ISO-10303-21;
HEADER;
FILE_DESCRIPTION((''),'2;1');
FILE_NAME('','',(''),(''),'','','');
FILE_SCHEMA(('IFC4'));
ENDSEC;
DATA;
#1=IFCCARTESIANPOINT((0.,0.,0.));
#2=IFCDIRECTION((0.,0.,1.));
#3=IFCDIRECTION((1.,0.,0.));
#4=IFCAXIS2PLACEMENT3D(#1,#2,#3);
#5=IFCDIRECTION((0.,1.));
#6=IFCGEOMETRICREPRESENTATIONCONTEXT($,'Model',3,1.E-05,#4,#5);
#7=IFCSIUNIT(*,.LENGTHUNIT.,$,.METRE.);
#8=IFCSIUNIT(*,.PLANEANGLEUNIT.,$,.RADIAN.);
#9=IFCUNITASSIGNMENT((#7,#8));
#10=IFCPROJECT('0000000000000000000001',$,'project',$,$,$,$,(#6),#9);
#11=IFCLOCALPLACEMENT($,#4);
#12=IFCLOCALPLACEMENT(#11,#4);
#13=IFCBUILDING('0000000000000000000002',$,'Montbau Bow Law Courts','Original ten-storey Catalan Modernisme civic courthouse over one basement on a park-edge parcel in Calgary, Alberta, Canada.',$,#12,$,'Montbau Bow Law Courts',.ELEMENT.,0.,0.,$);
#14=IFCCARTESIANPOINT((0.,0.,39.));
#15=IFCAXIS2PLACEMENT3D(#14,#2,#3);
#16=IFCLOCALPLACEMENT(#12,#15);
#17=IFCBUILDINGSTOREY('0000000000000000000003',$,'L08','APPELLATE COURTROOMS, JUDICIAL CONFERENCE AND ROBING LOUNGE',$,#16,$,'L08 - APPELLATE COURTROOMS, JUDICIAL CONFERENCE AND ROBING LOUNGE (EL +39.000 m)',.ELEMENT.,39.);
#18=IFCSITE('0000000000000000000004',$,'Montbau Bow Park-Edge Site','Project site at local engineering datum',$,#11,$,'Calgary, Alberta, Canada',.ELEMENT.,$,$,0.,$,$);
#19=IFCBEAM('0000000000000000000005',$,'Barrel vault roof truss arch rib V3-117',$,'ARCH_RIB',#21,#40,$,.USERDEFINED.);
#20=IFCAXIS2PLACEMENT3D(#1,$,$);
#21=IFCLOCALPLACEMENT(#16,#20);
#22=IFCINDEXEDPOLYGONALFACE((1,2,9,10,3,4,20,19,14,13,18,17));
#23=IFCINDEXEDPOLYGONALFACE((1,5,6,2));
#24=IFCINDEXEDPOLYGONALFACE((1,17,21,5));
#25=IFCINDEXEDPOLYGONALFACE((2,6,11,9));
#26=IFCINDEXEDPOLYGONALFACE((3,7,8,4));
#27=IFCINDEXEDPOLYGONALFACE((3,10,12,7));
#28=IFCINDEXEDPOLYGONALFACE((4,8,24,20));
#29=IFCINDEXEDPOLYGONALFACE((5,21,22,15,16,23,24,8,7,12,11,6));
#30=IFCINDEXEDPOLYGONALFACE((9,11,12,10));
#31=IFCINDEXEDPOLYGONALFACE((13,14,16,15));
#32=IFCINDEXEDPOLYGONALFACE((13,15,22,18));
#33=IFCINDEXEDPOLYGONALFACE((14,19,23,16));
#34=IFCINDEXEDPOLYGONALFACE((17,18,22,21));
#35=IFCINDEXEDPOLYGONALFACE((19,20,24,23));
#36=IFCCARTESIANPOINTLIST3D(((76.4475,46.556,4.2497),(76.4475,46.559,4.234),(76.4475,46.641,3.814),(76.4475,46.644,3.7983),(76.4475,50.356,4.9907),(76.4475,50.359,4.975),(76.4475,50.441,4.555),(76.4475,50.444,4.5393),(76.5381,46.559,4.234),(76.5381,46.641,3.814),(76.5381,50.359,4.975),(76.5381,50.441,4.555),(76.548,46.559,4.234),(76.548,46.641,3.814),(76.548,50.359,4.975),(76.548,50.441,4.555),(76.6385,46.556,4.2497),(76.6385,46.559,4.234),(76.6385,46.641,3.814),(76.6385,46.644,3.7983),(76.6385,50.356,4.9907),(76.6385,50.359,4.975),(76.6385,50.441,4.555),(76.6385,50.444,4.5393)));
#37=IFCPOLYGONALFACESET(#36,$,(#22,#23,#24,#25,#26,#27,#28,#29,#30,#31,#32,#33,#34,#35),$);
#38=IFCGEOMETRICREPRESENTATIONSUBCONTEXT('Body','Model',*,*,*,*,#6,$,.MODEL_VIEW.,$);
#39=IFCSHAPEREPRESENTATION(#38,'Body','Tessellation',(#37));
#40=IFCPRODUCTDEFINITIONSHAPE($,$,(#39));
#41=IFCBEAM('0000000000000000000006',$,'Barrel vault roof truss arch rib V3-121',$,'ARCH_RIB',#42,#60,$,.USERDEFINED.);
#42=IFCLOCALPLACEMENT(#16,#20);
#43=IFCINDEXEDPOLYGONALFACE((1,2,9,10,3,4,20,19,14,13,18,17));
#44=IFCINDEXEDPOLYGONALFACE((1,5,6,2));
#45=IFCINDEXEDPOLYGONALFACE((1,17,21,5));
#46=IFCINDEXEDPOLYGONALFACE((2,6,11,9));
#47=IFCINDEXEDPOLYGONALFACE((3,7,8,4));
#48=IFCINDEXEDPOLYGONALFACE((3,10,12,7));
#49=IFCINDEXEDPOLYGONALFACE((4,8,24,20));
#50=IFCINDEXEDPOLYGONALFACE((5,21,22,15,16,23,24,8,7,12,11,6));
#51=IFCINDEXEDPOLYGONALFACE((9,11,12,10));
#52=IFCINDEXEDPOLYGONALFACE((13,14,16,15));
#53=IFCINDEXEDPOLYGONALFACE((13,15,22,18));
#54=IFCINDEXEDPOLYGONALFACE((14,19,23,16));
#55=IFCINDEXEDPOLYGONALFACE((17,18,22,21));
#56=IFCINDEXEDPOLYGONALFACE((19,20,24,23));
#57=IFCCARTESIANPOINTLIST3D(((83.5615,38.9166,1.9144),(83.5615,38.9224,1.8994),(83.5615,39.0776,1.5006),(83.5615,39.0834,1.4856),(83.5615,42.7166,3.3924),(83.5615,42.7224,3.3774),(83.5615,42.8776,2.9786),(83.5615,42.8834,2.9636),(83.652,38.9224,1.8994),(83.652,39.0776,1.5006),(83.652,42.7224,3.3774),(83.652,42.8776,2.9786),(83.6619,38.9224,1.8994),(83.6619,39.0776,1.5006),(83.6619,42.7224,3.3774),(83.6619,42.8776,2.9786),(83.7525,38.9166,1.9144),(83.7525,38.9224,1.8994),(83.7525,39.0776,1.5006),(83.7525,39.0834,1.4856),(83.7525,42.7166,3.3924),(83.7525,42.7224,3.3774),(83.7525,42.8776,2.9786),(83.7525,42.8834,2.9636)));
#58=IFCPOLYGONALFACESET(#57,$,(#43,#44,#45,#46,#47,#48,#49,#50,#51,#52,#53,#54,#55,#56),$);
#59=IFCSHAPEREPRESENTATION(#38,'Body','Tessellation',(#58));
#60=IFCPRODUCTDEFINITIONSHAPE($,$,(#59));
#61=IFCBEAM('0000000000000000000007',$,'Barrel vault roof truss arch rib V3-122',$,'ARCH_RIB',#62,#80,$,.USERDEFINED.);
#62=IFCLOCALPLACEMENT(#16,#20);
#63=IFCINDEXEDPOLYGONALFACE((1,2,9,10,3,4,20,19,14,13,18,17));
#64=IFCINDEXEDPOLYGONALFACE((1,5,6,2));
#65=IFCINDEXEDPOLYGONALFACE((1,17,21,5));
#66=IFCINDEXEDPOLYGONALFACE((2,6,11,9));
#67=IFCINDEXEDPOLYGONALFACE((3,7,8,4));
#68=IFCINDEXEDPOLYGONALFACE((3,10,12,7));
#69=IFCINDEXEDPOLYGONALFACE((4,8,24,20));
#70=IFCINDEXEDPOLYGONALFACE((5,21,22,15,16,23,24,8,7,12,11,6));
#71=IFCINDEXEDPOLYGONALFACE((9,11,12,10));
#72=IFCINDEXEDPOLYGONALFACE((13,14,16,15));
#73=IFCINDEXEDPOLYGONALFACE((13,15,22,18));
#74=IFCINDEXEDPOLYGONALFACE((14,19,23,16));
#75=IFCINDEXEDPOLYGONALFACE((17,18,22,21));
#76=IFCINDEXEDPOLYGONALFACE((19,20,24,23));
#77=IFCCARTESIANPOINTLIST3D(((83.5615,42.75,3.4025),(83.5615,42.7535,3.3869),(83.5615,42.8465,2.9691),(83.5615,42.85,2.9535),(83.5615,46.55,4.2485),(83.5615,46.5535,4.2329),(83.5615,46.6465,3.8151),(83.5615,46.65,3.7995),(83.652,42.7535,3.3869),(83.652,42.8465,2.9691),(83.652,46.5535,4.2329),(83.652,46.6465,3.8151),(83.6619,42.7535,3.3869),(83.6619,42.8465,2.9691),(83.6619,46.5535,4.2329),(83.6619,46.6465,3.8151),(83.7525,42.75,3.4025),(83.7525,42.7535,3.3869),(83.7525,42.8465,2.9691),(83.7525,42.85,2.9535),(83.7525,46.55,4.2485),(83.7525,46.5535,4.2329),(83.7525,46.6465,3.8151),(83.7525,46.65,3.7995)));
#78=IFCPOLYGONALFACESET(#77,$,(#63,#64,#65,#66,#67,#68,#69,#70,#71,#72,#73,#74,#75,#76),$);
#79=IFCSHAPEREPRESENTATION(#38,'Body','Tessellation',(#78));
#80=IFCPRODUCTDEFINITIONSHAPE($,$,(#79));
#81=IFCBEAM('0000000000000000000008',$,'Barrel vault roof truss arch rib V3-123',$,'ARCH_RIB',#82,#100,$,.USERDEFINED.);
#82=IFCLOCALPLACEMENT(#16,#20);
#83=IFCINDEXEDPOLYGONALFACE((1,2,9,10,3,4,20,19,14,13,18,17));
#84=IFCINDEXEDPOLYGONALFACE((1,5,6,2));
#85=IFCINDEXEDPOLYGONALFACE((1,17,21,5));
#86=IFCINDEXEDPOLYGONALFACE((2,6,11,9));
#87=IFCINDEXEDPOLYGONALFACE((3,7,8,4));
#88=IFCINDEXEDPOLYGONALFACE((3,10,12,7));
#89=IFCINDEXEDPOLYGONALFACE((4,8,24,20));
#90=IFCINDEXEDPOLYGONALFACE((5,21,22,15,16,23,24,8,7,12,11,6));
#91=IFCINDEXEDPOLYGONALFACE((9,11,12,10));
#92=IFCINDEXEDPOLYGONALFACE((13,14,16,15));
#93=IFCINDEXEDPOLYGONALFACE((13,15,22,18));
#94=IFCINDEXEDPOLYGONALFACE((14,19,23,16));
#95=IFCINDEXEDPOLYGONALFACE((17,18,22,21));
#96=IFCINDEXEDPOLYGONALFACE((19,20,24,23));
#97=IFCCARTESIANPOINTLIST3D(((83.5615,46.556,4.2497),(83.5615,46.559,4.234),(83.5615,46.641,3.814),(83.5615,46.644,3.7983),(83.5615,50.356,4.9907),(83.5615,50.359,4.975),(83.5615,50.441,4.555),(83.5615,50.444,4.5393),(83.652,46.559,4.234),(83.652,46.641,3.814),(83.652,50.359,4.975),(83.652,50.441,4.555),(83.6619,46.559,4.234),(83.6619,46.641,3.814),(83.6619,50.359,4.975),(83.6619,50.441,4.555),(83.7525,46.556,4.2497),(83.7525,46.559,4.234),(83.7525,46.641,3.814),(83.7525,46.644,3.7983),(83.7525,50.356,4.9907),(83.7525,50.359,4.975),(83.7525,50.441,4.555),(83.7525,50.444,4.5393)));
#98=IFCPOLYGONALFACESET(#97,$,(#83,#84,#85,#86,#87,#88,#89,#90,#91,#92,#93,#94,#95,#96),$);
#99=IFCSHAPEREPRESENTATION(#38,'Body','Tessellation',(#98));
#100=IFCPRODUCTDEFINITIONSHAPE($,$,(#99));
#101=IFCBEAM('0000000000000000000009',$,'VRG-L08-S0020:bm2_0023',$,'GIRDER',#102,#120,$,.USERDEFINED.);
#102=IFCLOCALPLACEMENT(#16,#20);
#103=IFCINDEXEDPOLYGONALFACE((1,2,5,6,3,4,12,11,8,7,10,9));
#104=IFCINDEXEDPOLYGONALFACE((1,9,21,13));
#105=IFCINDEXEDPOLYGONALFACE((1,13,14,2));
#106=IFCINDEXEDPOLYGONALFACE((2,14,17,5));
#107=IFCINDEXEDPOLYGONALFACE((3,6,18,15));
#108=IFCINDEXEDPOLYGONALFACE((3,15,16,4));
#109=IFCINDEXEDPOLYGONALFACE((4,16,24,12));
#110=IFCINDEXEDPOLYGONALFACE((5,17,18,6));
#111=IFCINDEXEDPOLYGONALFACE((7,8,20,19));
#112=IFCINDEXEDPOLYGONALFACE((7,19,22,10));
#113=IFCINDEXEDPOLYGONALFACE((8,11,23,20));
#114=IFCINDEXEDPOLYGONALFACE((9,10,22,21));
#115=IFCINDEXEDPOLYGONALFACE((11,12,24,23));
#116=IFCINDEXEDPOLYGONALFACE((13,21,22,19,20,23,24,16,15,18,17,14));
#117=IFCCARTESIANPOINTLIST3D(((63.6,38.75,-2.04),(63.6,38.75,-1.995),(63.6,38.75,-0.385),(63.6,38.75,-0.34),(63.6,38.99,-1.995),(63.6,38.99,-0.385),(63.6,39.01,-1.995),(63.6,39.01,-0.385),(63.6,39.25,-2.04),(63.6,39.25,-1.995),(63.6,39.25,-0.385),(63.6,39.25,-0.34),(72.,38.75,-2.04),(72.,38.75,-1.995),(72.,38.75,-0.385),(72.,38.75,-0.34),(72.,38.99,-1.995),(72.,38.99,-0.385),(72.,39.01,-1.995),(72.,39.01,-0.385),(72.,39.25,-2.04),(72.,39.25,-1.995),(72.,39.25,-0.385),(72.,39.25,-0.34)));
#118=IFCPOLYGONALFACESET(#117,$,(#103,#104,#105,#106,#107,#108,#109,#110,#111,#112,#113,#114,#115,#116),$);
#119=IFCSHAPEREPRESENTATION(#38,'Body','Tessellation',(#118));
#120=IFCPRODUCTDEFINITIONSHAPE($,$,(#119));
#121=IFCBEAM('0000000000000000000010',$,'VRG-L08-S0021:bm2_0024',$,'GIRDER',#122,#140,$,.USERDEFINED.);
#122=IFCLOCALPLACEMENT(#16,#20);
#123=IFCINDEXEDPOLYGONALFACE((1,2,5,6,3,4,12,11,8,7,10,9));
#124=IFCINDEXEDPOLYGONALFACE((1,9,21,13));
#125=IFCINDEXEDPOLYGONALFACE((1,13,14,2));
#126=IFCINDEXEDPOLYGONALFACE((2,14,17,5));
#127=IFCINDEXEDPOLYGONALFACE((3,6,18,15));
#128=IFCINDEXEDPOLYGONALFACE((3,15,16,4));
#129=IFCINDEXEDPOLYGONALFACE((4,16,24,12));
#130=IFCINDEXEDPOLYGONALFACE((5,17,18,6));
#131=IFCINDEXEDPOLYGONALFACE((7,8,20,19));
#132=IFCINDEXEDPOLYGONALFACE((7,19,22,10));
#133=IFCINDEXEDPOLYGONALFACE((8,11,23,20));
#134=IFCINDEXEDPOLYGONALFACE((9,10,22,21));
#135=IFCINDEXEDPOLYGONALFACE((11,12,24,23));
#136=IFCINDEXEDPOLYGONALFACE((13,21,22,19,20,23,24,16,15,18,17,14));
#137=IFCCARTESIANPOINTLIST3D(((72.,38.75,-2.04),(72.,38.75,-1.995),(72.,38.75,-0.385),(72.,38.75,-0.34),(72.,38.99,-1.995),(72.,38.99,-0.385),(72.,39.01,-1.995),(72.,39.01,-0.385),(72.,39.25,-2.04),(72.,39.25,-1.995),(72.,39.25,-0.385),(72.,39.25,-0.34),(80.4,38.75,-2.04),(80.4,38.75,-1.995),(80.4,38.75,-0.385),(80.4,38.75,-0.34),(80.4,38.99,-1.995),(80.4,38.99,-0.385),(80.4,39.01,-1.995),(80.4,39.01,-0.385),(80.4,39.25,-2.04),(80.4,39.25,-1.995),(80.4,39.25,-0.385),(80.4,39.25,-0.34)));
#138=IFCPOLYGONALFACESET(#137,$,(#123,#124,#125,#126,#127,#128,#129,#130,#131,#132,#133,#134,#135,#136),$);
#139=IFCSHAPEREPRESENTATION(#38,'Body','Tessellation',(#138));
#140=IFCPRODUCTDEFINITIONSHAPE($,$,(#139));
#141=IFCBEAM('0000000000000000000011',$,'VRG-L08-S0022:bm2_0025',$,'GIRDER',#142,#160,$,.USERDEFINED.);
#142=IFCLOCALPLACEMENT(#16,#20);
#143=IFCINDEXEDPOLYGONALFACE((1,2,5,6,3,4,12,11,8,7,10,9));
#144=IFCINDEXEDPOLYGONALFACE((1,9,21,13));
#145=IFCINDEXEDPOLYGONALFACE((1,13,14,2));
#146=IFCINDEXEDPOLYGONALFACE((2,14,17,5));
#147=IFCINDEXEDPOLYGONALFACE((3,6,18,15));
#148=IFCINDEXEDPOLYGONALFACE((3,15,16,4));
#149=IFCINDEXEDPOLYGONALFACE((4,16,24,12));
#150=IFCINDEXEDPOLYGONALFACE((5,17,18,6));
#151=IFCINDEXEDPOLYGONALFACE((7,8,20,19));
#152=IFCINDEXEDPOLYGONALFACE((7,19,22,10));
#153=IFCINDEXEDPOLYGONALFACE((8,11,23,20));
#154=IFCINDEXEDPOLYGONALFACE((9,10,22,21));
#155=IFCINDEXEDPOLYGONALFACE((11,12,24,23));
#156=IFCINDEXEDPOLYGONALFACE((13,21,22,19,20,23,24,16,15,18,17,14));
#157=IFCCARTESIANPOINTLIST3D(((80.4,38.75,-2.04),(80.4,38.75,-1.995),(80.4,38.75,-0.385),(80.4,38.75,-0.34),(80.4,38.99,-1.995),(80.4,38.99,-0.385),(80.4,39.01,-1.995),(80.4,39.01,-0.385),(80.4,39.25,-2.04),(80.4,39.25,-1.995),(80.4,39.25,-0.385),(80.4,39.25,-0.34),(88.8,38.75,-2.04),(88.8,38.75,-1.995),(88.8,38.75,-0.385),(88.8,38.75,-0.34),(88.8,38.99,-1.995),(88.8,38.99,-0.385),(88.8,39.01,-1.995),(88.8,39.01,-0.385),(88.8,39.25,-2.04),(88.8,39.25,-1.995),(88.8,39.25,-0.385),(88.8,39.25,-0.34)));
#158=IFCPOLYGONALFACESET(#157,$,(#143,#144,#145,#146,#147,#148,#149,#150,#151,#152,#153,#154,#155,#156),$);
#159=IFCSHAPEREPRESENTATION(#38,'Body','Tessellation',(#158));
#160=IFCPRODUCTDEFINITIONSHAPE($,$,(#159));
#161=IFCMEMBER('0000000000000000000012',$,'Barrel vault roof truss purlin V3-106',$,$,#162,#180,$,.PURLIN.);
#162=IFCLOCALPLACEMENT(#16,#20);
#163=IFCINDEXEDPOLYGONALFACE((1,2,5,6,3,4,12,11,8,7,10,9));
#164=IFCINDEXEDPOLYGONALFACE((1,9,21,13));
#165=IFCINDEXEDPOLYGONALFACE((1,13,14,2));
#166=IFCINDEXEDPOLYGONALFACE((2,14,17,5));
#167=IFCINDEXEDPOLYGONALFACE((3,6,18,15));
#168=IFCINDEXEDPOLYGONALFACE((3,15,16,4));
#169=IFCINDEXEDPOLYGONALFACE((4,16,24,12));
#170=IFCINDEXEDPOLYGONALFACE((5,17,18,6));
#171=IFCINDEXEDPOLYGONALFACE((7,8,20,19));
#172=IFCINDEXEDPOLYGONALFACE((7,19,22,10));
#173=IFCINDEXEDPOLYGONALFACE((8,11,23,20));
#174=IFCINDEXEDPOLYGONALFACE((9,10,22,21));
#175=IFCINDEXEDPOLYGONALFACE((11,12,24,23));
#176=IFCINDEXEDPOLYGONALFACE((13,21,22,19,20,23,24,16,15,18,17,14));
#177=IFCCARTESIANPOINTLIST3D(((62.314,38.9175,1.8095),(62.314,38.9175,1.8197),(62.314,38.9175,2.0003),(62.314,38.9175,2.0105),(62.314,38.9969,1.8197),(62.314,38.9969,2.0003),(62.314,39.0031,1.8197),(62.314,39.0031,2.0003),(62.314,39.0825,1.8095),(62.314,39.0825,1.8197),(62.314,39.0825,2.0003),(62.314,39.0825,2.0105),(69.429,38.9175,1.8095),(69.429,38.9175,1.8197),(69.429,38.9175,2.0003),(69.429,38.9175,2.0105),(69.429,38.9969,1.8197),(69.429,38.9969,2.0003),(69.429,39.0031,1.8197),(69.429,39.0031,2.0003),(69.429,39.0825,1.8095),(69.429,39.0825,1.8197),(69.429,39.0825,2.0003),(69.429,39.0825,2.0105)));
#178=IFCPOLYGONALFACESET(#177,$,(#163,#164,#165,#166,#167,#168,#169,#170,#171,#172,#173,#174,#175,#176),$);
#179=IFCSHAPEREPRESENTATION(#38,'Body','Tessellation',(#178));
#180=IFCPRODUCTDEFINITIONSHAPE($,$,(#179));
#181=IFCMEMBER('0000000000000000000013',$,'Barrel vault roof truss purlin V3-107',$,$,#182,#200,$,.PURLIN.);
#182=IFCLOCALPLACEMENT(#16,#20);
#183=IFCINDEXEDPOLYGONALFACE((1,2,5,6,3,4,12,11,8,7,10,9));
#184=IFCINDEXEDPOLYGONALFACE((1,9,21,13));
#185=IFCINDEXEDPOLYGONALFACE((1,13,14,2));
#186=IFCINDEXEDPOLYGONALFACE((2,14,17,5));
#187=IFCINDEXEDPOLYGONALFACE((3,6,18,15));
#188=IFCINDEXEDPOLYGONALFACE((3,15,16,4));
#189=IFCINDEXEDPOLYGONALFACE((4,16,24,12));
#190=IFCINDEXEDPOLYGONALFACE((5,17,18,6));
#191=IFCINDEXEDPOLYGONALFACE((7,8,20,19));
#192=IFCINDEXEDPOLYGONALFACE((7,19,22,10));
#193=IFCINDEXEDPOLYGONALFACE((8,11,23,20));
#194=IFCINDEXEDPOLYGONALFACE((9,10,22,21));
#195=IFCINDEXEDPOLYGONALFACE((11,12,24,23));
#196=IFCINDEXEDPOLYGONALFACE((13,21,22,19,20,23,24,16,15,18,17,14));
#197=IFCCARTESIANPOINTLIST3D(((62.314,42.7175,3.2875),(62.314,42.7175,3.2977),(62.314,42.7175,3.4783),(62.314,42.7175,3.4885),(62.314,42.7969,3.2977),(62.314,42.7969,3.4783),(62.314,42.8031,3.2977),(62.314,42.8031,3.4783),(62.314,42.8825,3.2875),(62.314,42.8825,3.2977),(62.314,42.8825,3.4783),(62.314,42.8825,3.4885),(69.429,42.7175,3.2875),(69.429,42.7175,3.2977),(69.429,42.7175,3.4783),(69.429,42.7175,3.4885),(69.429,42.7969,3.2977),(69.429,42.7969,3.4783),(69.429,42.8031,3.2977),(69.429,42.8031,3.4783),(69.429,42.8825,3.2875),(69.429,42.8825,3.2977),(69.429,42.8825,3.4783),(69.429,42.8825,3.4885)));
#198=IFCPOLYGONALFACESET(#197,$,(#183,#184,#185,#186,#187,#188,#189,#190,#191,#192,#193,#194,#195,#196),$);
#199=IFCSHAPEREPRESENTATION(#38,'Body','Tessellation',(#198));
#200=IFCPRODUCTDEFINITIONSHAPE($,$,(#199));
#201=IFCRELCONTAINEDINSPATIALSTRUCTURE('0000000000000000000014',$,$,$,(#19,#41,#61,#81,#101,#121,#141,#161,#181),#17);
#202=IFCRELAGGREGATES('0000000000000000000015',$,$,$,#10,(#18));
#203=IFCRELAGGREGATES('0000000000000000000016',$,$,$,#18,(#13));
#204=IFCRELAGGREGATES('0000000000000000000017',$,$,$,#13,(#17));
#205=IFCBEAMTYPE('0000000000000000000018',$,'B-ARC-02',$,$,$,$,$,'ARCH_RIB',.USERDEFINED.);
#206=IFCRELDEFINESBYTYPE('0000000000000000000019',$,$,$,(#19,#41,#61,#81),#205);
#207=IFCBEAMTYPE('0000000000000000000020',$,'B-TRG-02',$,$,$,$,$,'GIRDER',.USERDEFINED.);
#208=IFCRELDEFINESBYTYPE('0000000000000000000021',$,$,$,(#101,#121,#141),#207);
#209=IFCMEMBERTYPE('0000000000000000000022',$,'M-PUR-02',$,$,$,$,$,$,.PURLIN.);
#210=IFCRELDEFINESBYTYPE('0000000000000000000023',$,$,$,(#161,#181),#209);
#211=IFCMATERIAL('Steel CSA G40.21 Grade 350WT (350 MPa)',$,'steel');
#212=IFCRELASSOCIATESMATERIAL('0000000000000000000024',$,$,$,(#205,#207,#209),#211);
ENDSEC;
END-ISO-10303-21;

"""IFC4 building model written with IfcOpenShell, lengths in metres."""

from ifc_helpers import new_model, si_unit, direction, frame, origin_with_axes, origin_2d_with_axis, place, context, subcontext, project, spatial, i_section, extrude, material, material_profile, profile_set, type_object, element, save


model = new_model("IFC4")

# Units and contexts
model_context = context("Model", 3, precision=1e-05, world=origin_with_axes(), true_north=direction((0.0, 1.0)))
body_context = subcontext(model_context, "Body", "Model", "MODEL_VIEW")
ifc_project = project(units=[si_unit("LENGTHUNIT", "METRE"), si_unit("PLANEANGLEUNIT", "RADIAN")], contexts=[model_context])

# Site, building, storey
site_placement = place(None, origin_with_axes())
site = spatial("IfcSite", under=ifc_project, at=site_placement, Name="Montbau Bow Park-Edge Site", Description="Project site at local engineering datum", LongName="Calgary, Alberta, Canada", CompositionType="ELEMENT", RefElevation=0.0)
building_placement = place(site_placement, origin_with_axes())
building = spatial("IfcBuilding", under=site, at=building_placement, Name="Montbau Bow Law Courts", Description="Original ten-storey Catalan Modernisme civic courthouse over one basement on a park-edge parcel in Calgary, Alberta, Canada.", LongName="Montbau Bow Law Courts", CompositionType="ELEMENT", ElevationOfRefHeight=0.0, ElevationOfTerrain=0.0)
storey_placement = place(building_placement, frame((0.0, 0.0, 39.0), z_axis=(0.0, 0.0, 1.0), x_axis=(1.0, 0.0, 0.0)))
storey = spatial("IfcBuildingStorey", under=building, at=storey_placement, Name="L08", Description="APPELLATE COURTROOMS, JUDICIAL CONFERENCE AND ROBING LOUNGE", LongName="L08 - APPELLATE COURTROOMS, JUDICIAL CONFERENCE AND ROBING LOUNGE (EL +39.000 m)", CompositionType="ELEMENT", Elevation=39.0)

# Beams
ifc_material_1 = material(Name="Steel CSA G40.21 Grade 350WT (350 MPa)", Category="steel")
ifc_material_profile_1 = material_profile(ifc_material_1, i_section(OverallWidth=0.191, OverallDepth=0.46, WebThickness=0.0099, FlangeThickness=0.016, at=origin_2d_with_axis()), Name="W460X82", Category="Main", Priority=0)
ifc_profile_set_1 = profile_set([ifc_material_profile_1], Name="Steel CSA G40.21 Grade 350WT (350 MPa)")
beam_type_1 = type_object("IfcBeamType", Name="B-ARC-02", ElementType="ARCH_RIB", PredefinedType="USERDEFINED", material=ifc_profile_set_1)
beam_1_placement = place(None, frame((76.543, 46.6, 43.024), z_axis=(0.0, 0.981513, 0.191395), x_axis=(-1.0, 0.0, 0.0)))
element("IfcBeam", 1, at=beam_1_placement, inside=storey, type_object=beam_type_1, Name="Barrel vault roof truss arch rib V3-117", ObjectType="ARCH_RIB", PredefinedType="USERDEFINED", context=body_context, shape_type="SweptSolid", body=[
    extrude(i_section(OverallWidth=0.191, OverallDepth=0.46, WebThickness=0.0099, FlangeThickness=0.016, at=origin_2d_with_axis()), origin_with_axes(), (0.0, 0.0, 1.0), 3.8716),
])
beam_2_placement = place(None, frame((83.657, 39.0, 40.7), z_axis=(0.0, 0.931986, 0.362494), x_axis=(-1.0, 0.0, 0.0)))
element("IfcBeam", 2, at=beam_2_placement, inside=storey, type_object=beam_type_1, Name="Barrel vault roof truss arch rib V3-121", ObjectType="ARCH_RIB", PredefinedType="USERDEFINED", context=body_context, shape_type="SweptSolid", body=[
    extrude(i_section(OverallWidth=0.191, OverallDepth=0.46, WebThickness=0.0099, FlangeThickness=0.016, at=origin_2d_with_axis()), origin_with_axes(), (0.0, 0.0, 1.0), 4.0773),
])
beam_3_placement = place(None, frame((83.657, 42.8, 42.178), z_axis=(0.0, 0.976102, 0.217311), x_axis=(-1.0, 0.0, 0.0)))
element("IfcBeam", 3, at=beam_3_placement, inside=storey, type_object=beam_type_1, Name="Barrel vault roof truss arch rib V3-122", ObjectType="ARCH_RIB", PredefinedType="USERDEFINED", context=body_context, shape_type="SweptSolid", body=[
    extrude(i_section(OverallWidth=0.191, OverallDepth=0.46, WebThickness=0.0099, FlangeThickness=0.016, at=origin_2d_with_axis()), origin_with_axes(), (0.0, 0.0, 1.0), 3.893),
])
beam_4_placement = place(None, frame((83.657, 46.6, 43.024), z_axis=(0.0, 0.981513, 0.191395), x_axis=(-1.0, 0.0, 0.0)))
element("IfcBeam", 4, at=beam_4_placement, inside=storey, type_object=beam_type_1, Name="Barrel vault roof truss arch rib V3-123", ObjectType="ARCH_RIB", PredefinedType="USERDEFINED", context=body_context, shape_type="SweptSolid", body=[
    extrude(i_section(OverallWidth=0.191, OverallDepth=0.46, WebThickness=0.0099, FlangeThickness=0.016, at=origin_2d_with_axis()), origin_with_axes(), (0.0, 0.0, 1.0), 3.8716),
])
ifc_material_profile_2 = material_profile(ifc_material_1, i_section(OverallWidth=0.5, OverallDepth=1.7, WebThickness=0.02, FlangeThickness=0.045, at=origin_2d_with_axis()), Name="WWF1700X480", Category="Main", Priority=0)
ifc_profile_set_2 = profile_set([ifc_material_profile_2], Name="Steel CSA G40.21 Grade 350WT (350 MPa)")
beam_type_2 = type_object("IfcBeamType", Name="B-TRG-02", ElementType="GIRDER", PredefinedType="USERDEFINED", material=ifc_profile_set_2)
for number, where, z_axis, x_axis, name in (
    (5, (63.6, 39.0, 37.81), (1.0, 0.0, 0.0), (0.0, 1.0, 0.0), "VRG-L08-S0020:bm2_0023"),
    (6, (72.0, 39.0, 37.81), (1.0, 0.0, 0.0), (0.0, 1.0, 0.0), "VRG-L08-S0021:bm2_0024"),
    (7, (80.4, 39.0, 37.81), (1.0, 0.0, 0.0), (0.0, 1.0, 0.0), "VRG-L08-S0022:bm2_0025"),
):
    element("IfcBeam", number, at=place(None, frame(where, z_axis=z_axis, x_axis=x_axis)), inside=storey, type_object=beam_type_2, Name=name, ObjectType="GIRDER", PredefinedType="USERDEFINED", context=body_context, shape_type="SweptSolid", body=[
        extrude(i_section(OverallWidth=0.5, OverallDepth=1.7, WebThickness=0.02, FlangeThickness=0.045, at=origin_2d_with_axis()), origin_with_axes(), (0.0, 0.0, 1.0), 8.4),
    ])

# Members
ifc_material_profile_3 = material_profile(ifc_material_1, i_section(OverallWidth=0.165, OverallDepth=0.201, WebThickness=0.0062, FlangeThickness=0.0102, at=origin_2d_with_axis()), Name="W200X36", Category="Main", Priority=0)
ifc_profile_set_3 = profile_set([ifc_material_profile_3], Name="Steel CSA G40.21 Grade 350WT (350 MPa)")
member_type_1 = type_object("IfcMemberType", Name="M-PUR-02", PredefinedType="PURLIN", material=ifc_profile_set_3)
for number, where, z_axis, x_axis, name in (
    (8, (62.314, 39.0, 40.91), (1.0, 0.0, 0.0), (0.0, 1.0, 0.0), "Barrel vault roof truss purlin V3-106"),
    (9, (62.314, 42.8, 42.388), (1.0, 0.0, 0.0), (0.0, 1.0, 0.0), "Barrel vault roof truss purlin V3-107"),
):
    element("IfcMember", number, at=place(None, frame(where, z_axis=z_axis, x_axis=x_axis)), inside=storey, type_object=member_type_1, Name=name, PredefinedType="PURLIN", context=body_context, shape_type="SweptSolid", body=[
        extrude(i_section(OverallWidth=0.165, OverallDepth=0.201, WebThickness=0.0062, FlangeThickness=0.0102, at=origin_2d_with_axis()), origin_with_axes(), (0.0, 0.0, 1.0), 7.115),
    ])

save(model, "model.ifc")
